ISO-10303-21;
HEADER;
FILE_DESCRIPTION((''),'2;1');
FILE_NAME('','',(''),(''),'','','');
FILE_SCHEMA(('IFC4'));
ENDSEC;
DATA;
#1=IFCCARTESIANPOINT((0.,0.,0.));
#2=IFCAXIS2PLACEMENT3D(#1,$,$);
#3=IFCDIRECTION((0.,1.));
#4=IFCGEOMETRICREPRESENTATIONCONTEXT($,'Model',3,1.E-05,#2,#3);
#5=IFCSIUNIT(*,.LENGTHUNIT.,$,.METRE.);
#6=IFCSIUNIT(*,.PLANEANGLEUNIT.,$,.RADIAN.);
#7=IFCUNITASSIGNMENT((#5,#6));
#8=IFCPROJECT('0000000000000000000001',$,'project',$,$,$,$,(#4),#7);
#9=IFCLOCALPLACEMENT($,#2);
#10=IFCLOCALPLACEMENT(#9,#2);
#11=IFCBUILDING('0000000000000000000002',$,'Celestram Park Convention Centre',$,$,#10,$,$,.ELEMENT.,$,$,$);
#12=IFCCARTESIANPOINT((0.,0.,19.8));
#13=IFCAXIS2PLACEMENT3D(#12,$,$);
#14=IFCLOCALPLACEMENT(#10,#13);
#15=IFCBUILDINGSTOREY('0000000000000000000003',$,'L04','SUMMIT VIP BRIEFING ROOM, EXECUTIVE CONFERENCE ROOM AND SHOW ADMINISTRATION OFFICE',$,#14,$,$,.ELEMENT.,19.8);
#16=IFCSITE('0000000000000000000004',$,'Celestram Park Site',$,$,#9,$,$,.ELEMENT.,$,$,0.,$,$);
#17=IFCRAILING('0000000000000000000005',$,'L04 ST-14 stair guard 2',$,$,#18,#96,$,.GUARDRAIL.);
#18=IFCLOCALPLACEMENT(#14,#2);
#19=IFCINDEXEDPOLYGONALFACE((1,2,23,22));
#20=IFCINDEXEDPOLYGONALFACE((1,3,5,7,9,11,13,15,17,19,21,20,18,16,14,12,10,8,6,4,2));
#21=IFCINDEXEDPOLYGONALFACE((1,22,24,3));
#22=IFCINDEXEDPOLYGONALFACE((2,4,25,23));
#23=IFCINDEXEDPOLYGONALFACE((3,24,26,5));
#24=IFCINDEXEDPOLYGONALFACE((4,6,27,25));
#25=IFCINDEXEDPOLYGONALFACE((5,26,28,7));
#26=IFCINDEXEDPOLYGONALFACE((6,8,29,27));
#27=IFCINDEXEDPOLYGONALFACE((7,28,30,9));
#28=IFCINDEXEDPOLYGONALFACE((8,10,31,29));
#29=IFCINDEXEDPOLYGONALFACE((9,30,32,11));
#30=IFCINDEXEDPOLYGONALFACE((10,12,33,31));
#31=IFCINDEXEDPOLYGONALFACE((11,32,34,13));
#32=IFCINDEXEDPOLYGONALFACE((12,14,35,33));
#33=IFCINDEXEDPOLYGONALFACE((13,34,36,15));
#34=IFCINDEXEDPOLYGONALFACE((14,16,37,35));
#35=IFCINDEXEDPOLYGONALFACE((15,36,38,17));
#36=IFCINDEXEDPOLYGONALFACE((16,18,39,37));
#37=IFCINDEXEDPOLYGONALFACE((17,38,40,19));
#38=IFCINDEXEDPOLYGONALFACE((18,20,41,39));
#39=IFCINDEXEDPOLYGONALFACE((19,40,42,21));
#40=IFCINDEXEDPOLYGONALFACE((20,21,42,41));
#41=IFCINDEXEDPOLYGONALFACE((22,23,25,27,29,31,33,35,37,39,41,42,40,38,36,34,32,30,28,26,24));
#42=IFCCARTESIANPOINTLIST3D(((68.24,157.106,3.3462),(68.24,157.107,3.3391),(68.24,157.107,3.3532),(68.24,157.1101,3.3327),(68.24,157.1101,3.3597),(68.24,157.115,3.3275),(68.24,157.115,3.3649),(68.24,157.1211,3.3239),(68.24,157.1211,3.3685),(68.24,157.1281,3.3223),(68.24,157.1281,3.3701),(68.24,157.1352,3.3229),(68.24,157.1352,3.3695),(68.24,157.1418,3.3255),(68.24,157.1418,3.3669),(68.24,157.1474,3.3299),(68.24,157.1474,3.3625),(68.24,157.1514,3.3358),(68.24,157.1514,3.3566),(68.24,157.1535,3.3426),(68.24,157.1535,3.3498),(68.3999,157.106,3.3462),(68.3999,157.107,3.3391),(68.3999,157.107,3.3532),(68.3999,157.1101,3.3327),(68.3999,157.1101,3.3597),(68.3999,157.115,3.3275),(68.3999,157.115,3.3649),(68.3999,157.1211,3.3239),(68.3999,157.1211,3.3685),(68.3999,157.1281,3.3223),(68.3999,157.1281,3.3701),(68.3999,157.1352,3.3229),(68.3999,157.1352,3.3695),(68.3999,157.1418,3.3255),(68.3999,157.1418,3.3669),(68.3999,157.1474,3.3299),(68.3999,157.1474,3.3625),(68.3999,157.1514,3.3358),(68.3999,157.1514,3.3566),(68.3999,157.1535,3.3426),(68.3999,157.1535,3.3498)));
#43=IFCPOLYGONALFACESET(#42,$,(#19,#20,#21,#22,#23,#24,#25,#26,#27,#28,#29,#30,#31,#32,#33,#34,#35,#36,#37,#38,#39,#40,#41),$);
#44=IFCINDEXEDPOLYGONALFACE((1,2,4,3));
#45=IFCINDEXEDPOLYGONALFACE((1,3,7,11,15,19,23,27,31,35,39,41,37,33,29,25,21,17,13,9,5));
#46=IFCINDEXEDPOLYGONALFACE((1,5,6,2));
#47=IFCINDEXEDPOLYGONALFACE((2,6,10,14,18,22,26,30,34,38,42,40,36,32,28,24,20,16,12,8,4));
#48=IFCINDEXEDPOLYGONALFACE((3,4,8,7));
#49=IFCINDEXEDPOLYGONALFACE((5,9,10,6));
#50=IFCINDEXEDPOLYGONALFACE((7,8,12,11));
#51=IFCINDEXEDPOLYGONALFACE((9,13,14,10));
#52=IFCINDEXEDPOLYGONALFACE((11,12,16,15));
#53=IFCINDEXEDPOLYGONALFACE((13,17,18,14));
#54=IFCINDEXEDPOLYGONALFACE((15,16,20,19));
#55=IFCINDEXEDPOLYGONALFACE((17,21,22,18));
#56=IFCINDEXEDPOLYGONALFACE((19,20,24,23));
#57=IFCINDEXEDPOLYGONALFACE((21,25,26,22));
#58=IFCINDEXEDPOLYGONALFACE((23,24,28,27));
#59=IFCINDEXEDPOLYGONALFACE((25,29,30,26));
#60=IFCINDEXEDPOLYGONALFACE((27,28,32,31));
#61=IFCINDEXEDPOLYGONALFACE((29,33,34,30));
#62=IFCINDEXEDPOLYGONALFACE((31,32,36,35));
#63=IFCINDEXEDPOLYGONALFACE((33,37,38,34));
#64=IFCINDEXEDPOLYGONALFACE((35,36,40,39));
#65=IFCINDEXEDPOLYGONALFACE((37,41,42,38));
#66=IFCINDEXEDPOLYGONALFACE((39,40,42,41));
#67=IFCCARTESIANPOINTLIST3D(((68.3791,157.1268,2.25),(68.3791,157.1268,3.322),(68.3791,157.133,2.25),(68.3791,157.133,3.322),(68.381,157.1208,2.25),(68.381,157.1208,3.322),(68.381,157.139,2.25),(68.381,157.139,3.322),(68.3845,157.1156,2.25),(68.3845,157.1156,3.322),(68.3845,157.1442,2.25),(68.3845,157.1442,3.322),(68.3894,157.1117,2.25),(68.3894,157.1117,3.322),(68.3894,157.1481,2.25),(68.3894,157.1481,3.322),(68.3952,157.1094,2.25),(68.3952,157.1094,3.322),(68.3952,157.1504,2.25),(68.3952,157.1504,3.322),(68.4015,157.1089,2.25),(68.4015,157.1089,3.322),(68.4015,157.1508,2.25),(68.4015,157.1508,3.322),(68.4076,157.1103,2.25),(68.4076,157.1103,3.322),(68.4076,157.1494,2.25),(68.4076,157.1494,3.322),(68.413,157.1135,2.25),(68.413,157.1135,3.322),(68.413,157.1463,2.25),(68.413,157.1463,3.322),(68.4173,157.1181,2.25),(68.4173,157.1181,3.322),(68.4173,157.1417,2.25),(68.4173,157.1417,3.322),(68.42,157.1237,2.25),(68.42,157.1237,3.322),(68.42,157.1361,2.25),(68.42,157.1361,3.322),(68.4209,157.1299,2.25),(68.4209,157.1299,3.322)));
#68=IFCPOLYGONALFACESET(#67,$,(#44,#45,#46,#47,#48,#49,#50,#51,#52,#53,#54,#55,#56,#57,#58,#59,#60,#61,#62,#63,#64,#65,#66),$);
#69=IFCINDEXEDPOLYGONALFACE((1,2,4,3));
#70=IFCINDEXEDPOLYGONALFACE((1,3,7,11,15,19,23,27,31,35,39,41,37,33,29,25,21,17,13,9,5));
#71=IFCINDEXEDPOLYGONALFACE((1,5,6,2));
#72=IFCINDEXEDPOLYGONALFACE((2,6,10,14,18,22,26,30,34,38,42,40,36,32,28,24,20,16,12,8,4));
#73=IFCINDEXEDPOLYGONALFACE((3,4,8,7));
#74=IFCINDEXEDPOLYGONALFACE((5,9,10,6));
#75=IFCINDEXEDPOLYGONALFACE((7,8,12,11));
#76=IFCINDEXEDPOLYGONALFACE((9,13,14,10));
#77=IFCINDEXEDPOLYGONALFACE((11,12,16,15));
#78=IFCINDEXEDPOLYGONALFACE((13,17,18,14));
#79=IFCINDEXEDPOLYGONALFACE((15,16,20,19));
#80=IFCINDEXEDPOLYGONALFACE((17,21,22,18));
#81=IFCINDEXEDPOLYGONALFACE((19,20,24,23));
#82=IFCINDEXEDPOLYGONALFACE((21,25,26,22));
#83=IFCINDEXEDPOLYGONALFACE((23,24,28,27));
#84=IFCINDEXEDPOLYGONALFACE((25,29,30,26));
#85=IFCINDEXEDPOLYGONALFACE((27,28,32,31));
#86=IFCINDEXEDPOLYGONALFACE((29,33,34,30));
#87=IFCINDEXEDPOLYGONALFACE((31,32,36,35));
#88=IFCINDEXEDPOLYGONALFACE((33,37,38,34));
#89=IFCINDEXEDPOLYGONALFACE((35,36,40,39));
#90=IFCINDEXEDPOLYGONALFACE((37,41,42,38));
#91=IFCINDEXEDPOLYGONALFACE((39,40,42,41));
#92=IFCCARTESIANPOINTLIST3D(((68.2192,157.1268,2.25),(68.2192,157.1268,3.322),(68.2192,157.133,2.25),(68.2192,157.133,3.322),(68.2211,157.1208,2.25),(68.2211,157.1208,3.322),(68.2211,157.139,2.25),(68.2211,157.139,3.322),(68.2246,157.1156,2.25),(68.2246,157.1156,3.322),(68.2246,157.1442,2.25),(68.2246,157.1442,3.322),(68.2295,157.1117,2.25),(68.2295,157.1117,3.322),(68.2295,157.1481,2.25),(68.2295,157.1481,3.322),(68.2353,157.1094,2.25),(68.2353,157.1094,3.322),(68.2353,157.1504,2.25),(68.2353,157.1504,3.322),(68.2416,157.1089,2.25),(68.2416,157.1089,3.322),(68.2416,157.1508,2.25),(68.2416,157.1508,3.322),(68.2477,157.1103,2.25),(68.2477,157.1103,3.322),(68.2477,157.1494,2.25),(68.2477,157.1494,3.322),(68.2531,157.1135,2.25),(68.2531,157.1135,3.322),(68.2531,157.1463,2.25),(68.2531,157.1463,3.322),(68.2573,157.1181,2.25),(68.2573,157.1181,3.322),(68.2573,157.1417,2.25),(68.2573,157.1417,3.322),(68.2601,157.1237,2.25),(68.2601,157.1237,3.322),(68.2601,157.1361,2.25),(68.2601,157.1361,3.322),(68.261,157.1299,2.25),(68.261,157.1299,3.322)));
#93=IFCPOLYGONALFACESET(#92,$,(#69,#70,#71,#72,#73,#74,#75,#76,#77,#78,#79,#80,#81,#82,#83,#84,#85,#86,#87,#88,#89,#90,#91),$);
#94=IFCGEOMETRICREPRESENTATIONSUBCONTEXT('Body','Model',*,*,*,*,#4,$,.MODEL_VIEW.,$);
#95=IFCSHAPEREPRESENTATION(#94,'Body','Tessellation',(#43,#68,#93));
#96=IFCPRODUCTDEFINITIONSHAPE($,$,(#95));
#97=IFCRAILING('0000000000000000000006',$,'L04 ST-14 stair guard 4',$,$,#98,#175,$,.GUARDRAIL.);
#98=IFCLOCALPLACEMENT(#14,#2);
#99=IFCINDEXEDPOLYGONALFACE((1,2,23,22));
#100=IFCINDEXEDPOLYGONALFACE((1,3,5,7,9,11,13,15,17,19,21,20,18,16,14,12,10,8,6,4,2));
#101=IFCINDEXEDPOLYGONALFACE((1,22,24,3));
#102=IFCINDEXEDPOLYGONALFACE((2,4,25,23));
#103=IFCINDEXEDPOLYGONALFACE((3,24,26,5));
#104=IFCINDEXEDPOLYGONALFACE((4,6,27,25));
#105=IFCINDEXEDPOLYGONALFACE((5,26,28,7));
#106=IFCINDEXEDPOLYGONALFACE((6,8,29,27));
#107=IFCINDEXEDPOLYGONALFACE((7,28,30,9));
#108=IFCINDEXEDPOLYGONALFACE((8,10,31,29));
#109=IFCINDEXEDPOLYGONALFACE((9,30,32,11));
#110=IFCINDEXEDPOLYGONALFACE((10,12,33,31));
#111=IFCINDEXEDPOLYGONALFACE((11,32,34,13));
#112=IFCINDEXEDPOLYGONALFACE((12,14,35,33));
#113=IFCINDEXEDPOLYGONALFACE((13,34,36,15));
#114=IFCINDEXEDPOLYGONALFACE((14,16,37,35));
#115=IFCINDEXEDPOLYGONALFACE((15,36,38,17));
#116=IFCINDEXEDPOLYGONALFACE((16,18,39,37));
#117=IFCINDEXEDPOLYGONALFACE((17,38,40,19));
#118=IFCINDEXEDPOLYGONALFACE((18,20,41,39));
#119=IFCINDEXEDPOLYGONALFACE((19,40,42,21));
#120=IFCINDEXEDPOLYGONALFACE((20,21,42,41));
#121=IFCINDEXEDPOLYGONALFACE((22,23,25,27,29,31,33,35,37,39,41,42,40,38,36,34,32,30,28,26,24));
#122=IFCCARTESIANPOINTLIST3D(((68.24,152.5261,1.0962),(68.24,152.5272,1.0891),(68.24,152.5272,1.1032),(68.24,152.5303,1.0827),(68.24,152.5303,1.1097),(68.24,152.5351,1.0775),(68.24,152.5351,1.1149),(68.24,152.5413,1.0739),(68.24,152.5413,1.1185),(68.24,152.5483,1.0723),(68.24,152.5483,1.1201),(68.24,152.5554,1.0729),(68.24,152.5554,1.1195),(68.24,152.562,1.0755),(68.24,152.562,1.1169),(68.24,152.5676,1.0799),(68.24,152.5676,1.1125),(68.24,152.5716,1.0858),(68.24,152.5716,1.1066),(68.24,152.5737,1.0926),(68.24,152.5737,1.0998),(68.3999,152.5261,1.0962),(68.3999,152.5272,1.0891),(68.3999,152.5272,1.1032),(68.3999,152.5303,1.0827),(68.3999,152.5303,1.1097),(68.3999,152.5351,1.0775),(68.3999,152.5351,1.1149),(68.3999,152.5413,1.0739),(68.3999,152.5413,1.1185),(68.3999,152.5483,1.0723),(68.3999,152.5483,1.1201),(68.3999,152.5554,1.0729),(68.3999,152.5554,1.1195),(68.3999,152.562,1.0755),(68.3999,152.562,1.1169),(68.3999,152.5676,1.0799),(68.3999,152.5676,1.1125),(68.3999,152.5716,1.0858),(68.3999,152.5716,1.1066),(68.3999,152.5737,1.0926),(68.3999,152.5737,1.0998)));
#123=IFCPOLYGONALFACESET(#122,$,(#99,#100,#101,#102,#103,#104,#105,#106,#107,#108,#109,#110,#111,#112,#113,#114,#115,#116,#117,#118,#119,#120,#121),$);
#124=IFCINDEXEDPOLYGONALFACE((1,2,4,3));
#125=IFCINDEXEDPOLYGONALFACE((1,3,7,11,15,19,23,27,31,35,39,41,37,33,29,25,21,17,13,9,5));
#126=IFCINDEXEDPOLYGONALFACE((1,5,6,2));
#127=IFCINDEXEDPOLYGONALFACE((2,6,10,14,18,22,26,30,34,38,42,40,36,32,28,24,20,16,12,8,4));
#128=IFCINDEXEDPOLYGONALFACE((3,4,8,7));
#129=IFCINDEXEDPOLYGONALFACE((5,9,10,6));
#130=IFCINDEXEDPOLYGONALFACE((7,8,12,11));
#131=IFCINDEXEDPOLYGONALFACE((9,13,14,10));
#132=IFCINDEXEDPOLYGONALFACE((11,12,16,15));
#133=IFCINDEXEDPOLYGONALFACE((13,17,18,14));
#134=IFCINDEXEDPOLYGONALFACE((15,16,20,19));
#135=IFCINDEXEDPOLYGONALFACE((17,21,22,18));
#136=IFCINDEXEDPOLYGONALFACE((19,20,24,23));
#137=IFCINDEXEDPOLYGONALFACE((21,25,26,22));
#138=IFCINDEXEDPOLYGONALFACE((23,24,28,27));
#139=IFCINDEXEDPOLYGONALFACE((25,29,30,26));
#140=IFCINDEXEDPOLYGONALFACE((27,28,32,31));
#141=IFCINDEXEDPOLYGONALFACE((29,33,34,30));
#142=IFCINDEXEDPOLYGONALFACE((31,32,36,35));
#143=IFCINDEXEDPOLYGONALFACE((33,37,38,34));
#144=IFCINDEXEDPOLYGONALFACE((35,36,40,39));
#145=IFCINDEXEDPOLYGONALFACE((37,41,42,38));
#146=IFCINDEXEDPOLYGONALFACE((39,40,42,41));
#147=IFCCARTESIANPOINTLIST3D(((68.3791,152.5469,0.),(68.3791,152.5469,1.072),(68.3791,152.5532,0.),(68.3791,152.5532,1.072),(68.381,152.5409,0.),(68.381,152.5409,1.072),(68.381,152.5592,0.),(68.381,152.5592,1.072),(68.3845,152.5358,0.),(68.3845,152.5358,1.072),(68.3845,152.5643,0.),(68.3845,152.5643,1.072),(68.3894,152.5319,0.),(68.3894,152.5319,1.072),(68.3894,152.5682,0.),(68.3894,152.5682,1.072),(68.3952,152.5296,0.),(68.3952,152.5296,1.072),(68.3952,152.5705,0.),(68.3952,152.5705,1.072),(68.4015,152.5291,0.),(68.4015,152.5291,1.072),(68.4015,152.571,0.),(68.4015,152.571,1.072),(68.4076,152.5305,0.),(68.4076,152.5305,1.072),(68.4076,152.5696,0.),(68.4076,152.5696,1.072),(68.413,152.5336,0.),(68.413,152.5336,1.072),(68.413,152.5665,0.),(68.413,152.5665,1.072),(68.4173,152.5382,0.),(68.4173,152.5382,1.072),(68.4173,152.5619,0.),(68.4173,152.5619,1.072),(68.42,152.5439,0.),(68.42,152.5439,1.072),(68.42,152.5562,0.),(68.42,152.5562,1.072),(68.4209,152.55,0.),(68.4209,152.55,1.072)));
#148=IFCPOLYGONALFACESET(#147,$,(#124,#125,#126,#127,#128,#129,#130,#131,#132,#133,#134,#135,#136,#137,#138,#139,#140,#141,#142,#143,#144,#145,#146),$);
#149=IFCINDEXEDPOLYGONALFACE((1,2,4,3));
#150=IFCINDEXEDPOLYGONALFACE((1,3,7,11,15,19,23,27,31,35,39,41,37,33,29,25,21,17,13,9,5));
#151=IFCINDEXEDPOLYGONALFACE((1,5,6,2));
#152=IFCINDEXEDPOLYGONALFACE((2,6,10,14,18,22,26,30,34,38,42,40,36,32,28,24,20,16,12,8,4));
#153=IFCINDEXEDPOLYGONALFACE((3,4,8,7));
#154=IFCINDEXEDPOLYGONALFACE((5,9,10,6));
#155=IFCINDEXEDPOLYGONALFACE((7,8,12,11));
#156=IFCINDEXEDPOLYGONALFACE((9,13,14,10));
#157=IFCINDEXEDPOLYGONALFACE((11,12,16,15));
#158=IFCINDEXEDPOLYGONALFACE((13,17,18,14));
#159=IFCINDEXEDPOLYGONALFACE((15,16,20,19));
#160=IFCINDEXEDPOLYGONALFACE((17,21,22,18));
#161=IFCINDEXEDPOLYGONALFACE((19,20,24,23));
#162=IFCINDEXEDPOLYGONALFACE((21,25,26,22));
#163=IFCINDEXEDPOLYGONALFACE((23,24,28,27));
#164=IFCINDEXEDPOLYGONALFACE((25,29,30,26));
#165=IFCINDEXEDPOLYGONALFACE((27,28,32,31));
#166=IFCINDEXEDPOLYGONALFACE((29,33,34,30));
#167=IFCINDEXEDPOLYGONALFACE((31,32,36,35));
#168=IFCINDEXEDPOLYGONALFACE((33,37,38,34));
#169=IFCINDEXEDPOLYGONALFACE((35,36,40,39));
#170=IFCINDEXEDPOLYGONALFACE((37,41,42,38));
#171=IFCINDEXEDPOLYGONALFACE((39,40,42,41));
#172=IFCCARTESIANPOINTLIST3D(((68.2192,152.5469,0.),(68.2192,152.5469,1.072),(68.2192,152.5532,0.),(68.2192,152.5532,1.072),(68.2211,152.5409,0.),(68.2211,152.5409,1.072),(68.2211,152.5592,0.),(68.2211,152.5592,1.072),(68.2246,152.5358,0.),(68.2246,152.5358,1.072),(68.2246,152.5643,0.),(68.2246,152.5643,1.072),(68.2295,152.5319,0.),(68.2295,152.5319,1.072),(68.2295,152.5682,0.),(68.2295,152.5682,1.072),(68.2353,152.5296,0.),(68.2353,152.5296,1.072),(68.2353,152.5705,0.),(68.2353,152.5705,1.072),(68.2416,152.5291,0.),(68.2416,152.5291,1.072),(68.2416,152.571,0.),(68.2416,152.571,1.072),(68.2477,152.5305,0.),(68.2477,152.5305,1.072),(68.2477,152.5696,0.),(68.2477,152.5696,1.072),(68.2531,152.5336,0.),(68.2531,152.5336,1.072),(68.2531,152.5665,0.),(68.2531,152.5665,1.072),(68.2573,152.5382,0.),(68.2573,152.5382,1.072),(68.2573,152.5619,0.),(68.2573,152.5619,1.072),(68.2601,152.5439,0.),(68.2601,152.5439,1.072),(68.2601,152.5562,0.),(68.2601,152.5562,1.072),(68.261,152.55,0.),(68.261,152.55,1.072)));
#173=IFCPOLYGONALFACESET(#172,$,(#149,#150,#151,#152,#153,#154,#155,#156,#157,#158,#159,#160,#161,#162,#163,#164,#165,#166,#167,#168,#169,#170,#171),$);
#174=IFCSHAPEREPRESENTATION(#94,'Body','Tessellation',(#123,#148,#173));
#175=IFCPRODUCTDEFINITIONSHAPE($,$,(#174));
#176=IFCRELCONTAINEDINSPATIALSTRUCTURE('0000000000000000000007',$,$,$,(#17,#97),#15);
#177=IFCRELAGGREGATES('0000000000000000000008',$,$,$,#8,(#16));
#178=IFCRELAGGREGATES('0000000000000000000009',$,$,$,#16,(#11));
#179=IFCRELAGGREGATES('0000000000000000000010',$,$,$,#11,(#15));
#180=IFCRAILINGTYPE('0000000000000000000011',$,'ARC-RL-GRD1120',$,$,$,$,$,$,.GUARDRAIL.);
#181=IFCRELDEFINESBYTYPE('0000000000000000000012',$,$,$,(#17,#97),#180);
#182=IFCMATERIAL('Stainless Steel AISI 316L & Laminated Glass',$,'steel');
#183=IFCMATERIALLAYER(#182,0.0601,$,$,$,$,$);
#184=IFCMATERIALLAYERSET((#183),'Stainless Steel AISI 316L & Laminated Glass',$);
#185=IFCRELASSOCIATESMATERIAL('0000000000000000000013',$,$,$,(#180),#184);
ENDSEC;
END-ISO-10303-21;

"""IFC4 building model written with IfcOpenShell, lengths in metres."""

from ifc_helpers import new_model, si_unit, direction, frame, origin, origin_2d, place, context, subcontext, project, spatial, circle, extrude, material, layer, layer_set, type_object, element, save


model = new_model("IFC4")

# Units and contexts
model_context = context("Model", 3, precision=1e-05, world=origin(), true_north=direction((0.0, 1.0)))
body_context = subcontext(model_context, "Body", "Model", "MODEL_VIEW")
ifc_project = project(units=[si_unit("LENGTHUNIT", "METRE"), si_unit("PLANEANGLEUNIT", "RADIAN")], contexts=[model_context])

# Site, building, storey
site_placement = place(None, origin())
site = spatial("IfcSite", under=ifc_project, at=site_placement, Name="Celestram Park Site", CompositionType="ELEMENT", RefElevation=0.0)
building_placement = place(site_placement, origin())
building = spatial("IfcBuilding", under=site, at=building_placement, Name="Celestram Park Convention Centre", CompositionType="ELEMENT")
storey_placement = place(building_placement, frame((0.0, 0.0, 19.8)))
storey = spatial("IfcBuildingStorey", under=building, at=storey_placement, Name="L04", Description="SUMMIT VIP BRIEFING ROOM, EXECUTIVE CONFERENCE ROOM AND SHOW ADMINISTRATION OFFICE", CompositionType="ELEMENT", Elevation=19.8)

# Railings
ifc_material_1 = material(Name="Stainless Steel AISI 316L & Laminated Glass", Category="steel")
ifc_layer_1 = layer(ifc_material_1, 0.0601)
ifc_layer_set_1 = layer_set([ifc_layer_1], Name="Stainless Steel AISI 316L & Laminated Glass")
railing_type_1 = type_object("IfcRailingType", Name="ARC-RL-GRD1120", PredefinedType="GUARDRAIL", material=ifc_layer_set_1)
for number, where, name in (
    (1, (68.3999, 157.1299, 2.25), "L04 ST-14 stair guard 2"),
    (2, (68.3999, 152.55, 0.0), "L04 ST-14 stair guard 4"),
):
    element("IfcRailing", number, at=place(storey_placement, frame(where)), inside=storey, type_object=railing_type_1, Name=name, PredefinedType="GUARDRAIL", context=body_context, shape_type="SweptSolid", body=[
        extrude(circle(Radius=0.0239, at=origin_2d()), frame((0.0, 0.0, 1.0962), z_axis=(-1.0, 0.0, 0.0), x_axis=(0.0, -1.0, 0.0)), (0.0, 0.0, 1.0), 0.1599),
        extrude(circle(Radius=0.021, at=origin_2d()), origin(), (0.0, 0.0, 1.0), 1.072),
        extrude(circle(Radius=0.021, at=origin_2d()), frame((-0.1599, 0.0, 0.0)), (0.0, 0.0, 1.0), 1.072),
    ])

save(model, "model.ifc")
